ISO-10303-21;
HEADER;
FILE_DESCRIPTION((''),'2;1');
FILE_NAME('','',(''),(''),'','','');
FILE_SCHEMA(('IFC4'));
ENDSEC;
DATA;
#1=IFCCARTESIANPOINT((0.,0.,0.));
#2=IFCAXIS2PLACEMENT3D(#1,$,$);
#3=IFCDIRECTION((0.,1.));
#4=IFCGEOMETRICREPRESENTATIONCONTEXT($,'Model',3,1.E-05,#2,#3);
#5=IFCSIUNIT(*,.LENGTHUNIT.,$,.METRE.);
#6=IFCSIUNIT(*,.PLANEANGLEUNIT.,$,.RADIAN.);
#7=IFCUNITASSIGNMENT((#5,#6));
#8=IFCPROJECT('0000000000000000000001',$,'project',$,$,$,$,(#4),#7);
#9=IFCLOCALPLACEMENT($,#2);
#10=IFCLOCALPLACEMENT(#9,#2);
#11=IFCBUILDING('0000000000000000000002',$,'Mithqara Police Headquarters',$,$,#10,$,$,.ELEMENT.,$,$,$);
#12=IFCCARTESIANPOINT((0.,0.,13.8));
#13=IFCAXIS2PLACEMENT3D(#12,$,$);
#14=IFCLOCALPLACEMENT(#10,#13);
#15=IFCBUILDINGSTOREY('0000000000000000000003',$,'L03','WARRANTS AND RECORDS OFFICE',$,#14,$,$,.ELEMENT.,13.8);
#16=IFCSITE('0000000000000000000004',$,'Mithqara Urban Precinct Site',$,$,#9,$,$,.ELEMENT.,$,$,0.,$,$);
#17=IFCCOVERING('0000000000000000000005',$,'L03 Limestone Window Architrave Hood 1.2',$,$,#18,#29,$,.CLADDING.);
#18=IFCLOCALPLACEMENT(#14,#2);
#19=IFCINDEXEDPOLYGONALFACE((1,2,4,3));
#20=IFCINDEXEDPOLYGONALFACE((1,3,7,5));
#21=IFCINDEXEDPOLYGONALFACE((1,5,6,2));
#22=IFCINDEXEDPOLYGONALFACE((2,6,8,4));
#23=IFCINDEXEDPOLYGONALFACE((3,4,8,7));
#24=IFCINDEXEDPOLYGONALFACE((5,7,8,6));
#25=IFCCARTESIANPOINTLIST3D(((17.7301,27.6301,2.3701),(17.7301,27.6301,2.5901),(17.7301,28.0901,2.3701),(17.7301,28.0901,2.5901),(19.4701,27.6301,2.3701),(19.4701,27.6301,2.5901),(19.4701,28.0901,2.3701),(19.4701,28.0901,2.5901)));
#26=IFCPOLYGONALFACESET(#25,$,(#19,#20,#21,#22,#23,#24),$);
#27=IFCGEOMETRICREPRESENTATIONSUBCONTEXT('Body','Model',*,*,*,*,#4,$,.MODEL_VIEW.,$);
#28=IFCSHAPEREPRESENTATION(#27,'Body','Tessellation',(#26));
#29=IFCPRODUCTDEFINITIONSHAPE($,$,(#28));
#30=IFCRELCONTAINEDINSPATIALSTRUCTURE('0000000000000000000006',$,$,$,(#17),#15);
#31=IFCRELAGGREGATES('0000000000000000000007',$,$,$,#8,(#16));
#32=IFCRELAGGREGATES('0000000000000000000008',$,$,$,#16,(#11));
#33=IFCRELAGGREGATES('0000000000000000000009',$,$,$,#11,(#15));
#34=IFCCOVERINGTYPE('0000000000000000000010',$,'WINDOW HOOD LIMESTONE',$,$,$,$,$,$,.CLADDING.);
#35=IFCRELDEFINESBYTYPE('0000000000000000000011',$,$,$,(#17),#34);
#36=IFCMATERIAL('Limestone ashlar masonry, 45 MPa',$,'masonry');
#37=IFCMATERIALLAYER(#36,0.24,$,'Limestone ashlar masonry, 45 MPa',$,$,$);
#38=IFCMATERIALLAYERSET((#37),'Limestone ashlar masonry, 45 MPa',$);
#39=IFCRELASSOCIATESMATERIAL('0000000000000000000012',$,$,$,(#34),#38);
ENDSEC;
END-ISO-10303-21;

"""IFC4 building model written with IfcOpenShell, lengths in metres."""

from ifc_helpers import new_model, si_unit, direction, frame, origin, origin_2d, place, context, subcontext, project, spatial, rectangle, extrude, material, layer, layer_set, type_object, element, save


model = new_model("IFC4")

# Units and contexts
model_context = context("Model", 3, precision=1e-05, world=origin(), true_north=direction((0.0, 1.0)))
body_context = subcontext(model_context, "Body", "Model", "MODEL_VIEW")
ifc_project = project(units=[si_unit("LENGTHUNIT", "METRE"), si_unit("PLANEANGLEUNIT", "RADIAN")], contexts=[model_context])

# Site, building, storey
site_placement = place(None, origin())
site = spatial("IfcSite", under=ifc_project, at=site_placement, Name="Mithqara Urban Precinct Site", CompositionType="ELEMENT", RefElevation=0.0)
building_placement = place(site_placement, origin())
building = spatial("IfcBuilding", under=site, at=building_placement, Name="Mithqara Police Headquarters", CompositionType="ELEMENT")
storey_placement = place(building_placement, frame((0.0, 0.0, 13.8)))
storey = spatial("IfcBuildingStorey", under=building, at=storey_placement, Name="L03", Description="WARRANTS AND RECORDS OFFICE", CompositionType="ELEMENT", Elevation=13.8)

# Shared definitions
ifc_material_1 = material(Name="Limestone ashlar masonry, 45 MPa", Category="masonry")

# Covering
ifc_layer_1 = layer(ifc_material_1, 0.24, Name="Limestone ashlar masonry, 45 MPa")
ifc_layer_set_1 = layer_set([ifc_layer_1], Name="Limestone ashlar masonry, 45 MPa")
covering_type_1 = type_object("IfcCoveringType", Name="WINDOW HOOD LIMESTONE", PredefinedType="CLADDING", material=ifc_layer_set_1)
for number, where, z_axis, x_axis, name in (
    (1, (18.6001, 27.8601, 2.3701), (0.0, 0.0, 1.0), (1.0, 0.0, 0.0), "L03 Limestone Window Architrave Hood 1.2"),
):
    element("IfcCovering", number, at=place(storey_placement, frame(where, z_axis=z_axis, x_axis=x_axis)), inside=storey, type_object=covering_type_1, Name=name, PredefinedType="CLADDING", context=body_context, shape_type="SweptSolid", body=[
        extrude(rectangle(XDim=1.74, YDim=0.46, at=origin_2d()), origin(), (0.0, 0.0, 1.0), 0.22),
    ])

save(model, "model.ifc")
